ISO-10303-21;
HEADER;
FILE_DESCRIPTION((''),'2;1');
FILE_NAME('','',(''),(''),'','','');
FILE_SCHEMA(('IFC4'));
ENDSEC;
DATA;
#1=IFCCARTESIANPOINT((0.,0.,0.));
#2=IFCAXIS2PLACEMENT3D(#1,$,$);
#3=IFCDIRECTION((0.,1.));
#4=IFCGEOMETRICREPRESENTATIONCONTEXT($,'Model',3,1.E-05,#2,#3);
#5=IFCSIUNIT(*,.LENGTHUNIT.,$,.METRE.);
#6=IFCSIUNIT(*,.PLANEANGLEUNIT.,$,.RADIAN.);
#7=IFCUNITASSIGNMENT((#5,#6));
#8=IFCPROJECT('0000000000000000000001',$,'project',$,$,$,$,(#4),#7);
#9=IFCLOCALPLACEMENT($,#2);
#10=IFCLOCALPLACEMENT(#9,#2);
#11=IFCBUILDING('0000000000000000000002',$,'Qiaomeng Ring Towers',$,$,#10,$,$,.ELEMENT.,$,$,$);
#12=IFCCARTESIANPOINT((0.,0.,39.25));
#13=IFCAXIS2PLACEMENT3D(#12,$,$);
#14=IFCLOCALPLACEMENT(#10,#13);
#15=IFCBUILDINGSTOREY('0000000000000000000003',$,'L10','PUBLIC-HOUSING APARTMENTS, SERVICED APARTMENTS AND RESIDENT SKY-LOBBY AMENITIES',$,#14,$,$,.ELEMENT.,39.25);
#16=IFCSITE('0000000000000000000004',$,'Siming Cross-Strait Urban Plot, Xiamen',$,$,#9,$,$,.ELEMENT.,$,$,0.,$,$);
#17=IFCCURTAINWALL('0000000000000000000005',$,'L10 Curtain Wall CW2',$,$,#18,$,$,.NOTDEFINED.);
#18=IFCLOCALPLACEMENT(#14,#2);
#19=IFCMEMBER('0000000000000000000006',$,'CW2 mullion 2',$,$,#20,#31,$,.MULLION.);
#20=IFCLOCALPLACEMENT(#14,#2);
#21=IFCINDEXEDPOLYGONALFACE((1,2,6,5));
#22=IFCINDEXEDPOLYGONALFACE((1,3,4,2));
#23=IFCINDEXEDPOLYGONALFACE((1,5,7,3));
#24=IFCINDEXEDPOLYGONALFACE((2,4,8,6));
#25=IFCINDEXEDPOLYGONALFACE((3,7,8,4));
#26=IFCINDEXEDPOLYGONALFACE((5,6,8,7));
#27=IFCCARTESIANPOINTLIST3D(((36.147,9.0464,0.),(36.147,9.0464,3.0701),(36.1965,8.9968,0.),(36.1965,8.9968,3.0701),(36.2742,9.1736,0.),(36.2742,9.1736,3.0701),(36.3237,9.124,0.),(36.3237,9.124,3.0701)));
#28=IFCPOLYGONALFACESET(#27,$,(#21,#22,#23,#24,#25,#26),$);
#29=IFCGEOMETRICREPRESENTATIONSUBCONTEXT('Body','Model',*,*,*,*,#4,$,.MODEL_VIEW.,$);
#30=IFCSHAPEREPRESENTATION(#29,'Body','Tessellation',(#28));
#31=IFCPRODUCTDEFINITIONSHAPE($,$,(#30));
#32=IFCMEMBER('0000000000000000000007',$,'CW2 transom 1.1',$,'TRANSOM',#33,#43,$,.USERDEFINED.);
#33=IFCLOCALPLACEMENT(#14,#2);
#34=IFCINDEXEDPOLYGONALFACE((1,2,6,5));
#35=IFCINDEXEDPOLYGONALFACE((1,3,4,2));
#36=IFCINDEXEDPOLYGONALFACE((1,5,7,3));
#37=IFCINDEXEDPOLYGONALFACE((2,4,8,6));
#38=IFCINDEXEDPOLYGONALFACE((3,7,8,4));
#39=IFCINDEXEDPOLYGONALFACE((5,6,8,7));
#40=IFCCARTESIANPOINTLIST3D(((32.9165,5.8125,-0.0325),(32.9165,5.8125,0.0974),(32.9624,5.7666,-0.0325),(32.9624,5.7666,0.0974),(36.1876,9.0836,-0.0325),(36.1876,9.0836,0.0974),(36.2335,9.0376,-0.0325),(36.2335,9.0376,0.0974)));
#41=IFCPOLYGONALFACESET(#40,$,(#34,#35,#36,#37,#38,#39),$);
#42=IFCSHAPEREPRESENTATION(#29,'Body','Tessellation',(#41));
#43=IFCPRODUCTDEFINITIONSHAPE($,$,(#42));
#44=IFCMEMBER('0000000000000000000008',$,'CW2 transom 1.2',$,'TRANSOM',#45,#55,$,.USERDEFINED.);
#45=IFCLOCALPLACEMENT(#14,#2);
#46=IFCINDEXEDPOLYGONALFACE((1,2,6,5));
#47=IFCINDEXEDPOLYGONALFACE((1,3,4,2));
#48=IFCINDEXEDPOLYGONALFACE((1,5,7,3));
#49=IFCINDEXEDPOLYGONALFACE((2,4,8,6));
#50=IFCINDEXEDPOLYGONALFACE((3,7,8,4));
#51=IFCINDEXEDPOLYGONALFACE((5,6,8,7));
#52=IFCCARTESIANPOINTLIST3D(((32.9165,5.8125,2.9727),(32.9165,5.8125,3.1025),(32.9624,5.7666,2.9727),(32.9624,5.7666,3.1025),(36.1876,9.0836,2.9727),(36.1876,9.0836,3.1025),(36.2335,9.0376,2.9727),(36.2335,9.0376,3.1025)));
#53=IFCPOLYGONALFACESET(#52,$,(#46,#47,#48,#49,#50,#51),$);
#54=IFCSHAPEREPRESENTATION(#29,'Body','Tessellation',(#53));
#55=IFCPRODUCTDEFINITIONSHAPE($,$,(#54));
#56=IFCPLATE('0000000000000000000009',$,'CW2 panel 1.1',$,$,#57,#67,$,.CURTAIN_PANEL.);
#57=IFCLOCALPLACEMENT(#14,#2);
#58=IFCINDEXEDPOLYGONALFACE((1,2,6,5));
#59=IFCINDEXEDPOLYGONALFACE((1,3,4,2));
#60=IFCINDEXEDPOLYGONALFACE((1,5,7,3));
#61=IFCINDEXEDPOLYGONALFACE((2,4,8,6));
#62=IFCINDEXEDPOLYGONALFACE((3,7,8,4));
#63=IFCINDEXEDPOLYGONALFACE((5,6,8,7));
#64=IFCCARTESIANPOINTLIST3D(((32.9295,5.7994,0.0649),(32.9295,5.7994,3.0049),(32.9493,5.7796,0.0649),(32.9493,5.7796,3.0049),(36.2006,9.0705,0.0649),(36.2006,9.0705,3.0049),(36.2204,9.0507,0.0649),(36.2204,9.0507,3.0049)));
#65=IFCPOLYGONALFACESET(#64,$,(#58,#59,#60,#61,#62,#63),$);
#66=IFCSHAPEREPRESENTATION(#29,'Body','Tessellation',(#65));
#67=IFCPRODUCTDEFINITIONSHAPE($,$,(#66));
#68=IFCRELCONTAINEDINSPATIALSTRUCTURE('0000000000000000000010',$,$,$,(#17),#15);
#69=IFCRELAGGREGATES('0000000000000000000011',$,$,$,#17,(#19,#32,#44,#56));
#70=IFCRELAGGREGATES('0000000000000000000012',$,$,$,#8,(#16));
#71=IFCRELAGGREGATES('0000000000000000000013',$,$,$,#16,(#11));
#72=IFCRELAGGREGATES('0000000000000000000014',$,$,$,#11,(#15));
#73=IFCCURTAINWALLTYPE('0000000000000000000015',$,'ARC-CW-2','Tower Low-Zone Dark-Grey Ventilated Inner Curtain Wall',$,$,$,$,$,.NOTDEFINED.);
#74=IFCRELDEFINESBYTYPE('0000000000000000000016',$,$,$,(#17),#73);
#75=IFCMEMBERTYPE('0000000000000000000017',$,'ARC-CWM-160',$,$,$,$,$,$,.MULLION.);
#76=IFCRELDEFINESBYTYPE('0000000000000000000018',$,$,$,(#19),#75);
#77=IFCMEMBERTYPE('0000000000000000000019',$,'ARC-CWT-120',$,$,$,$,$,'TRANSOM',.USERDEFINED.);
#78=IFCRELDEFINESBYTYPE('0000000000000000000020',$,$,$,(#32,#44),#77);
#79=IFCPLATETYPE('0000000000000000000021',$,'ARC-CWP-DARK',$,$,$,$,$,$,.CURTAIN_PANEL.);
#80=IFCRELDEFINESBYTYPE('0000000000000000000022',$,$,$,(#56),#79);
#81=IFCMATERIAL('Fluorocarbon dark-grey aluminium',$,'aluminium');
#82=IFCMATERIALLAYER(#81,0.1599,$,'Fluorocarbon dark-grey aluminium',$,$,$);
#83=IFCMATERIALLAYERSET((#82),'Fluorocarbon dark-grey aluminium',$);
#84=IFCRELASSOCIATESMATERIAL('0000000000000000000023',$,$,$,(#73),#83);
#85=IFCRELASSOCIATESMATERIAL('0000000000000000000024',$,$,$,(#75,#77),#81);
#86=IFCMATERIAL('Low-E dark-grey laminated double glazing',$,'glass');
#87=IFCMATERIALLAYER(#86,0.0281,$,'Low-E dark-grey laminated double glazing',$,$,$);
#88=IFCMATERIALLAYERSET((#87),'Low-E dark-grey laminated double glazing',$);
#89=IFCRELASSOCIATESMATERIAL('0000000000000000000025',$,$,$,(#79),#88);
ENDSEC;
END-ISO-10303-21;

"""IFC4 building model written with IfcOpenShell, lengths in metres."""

from ifc_helpers import new_model, si_unit, direction, frame, origin, origin_2d, place, context, subcontext, project, spatial, rectangle, extrude, source, transform, mapped, material, layer, layer_set, material_profile, profile_set, type_object, element, aggregate, save


model = new_model("IFC4")

# Units and contexts
model_context = context("Model", 3, precision=1e-05, world=origin(), true_north=direction((0.0, 1.0)))
body_context = subcontext(model_context, "Body", "Model", "MODEL_VIEW")
ifc_project = project(units=[si_unit("LENGTHUNIT", "METRE"), si_unit("PLANEANGLEUNIT", "RADIAN")], contexts=[model_context])

# Site, building, storey
site_placement = place(None, origin())
site = spatial("IfcSite", under=ifc_project, at=site_placement, Name="Siming Cross-Strait Urban Plot, Xiamen", CompositionType="ELEMENT", RefElevation=0.0)
building_placement = place(site_placement, origin())
building = spatial("IfcBuilding", under=site, at=building_placement, Name="Qiaomeng Ring Towers", CompositionType="ELEMENT")
storey_placement = place(building_placement, frame((0.0, 0.0, 39.25)))
storey = spatial("IfcBuildingStorey", under=building, at=storey_placement, Name="L10", Description="PUBLIC-HOUSING APARTMENTS, SERVICED APARTMENTS AND RESIDENT SKY-LOBBY AMENITIES", CompositionType="ELEMENT", Elevation=39.25)

# Curtain wall, members, plate
ifc_material_1 = material(Name="Fluorocarbon dark-grey aluminium", Category="aluminium")
ifc_layer_1 = layer(ifc_material_1, 0.1599, Name="Fluorocarbon dark-grey aluminium")
ifc_layer_set_1 = layer_set([ifc_layer_1], Name="Fluorocarbon dark-grey aluminium")
curtain_wall_type = type_object("IfcCurtainWallType", Name="ARC-CW-2", Description="Tower Low-Zone Dark-Grey Ventilated Inner Curtain Wall", PredefinedType="NOTDEFINED", material=ifc_layer_set_1)
curtain_wall_placement = place(storey_placement, origin())
curtain_wall = element("IfcCurtainWall", 1, at=curtain_wall_placement, inside=storey, type_object=curtain_wall_type, Name="L10 Curtain Wall CW2", PredefinedType="NOTDEFINED")
ifc_material_profile_1 = material_profile(ifc_material_1, rectangle(XDim=0.0701, YDim=0.1799, at=origin_2d()), Name="ALU MULL 70x180")
ifc_profile_set_1 = profile_set([ifc_material_profile_1], Name="Fluorocarbon dark-grey aluminium")
member_type_1 = type_object("IfcMemberType", Name="ARC-CWM-160", PredefinedType="MULLION", material=ifc_profile_set_1)
shared_shape_1 = source(origin(), body_context, "Body", "SweptSolid", [
    extrude(rectangle(XDim=0.0701, YDim=0.1799, at=origin_2d()), origin(), (0.0, 0.0, 1.0), 3.0701),
])
member_1_placement = place(storey_placement, frame((36.2354, 9.0852, 0.0), z_axis=(0.0, 0.0, 1.0), x_axis=(-0.707107, 0.707107, 0.0)))
member_1 = element("IfcMember", 2, at=member_1_placement, type_object=member_type_1, Name="CW2 mullion 2", PredefinedType="MULLION", context=body_context, shape_type="MappedRepresentation", body=[
    mapped(shared_shape_1, transform((0.0, 0.0, 0.0), x_axis=(1.0, 0.0, 0.0), y_axis=(0.0, 1.0, 0.0), z_axis=(0.0, 0.0, 1.0), scale=1.0)),
])
ifc_material_profile_2 = material_profile(ifc_material_1, rectangle(XDim=0.0649, YDim=0.1299, at=origin_2d()), Name="ALU TRAN 65x130")
ifc_profile_set_2 = profile_set([ifc_material_profile_2], Name="Fluorocarbon dark-grey aluminium")
member_type_2 = type_object("IfcMemberType", Name="ARC-CWT-120", ElementType="TRANSOM", PredefinedType="USERDEFINED", material=ifc_profile_set_2)
shared_shape_2 = source(origin(), body_context, "Body", "SweptSolid", [
    extrude(rectangle(XDim=0.0649, YDim=0.1299, at=origin_2d()), origin(), (0.0, 0.0, 1.0), 4.626),
])
member_2_placement = place(storey_placement, frame((32.9395, 5.7896, 0.0325), z_axis=(0.707107, 0.707107, 0.0), x_axis=(-0.707107, 0.707107, 0.0)))
member_2 = element("IfcMember", 3, at=member_2_placement, type_object=member_type_2, Name="CW2 transom 1.1", ObjectType="TRANSOM", PredefinedType="USERDEFINED", context=body_context, shape_type="MappedRepresentation", body=[
    mapped(shared_shape_2, transform((0.0, 0.0, 0.0), x_axis=(1.0, 0.0, 0.0), y_axis=(0.0, 1.0, 0.0), z_axis=(0.0, 0.0, 1.0), scale=1.0)),
])
member_3_placement = place(storey_placement, frame((32.9395, 5.7896, 3.0376), z_axis=(0.707107, 0.707107, 0.0), x_axis=(-0.707107, 0.707107, 0.0)))
member_3 = element("IfcMember", 4, at=member_3_placement, type_object=member_type_2, Name="CW2 transom 1.2", ObjectType="TRANSOM", PredefinedType="USERDEFINED", context=body_context, shape_type="MappedRepresentation", body=[
    mapped(shared_shape_2, transform((0.0, 0.0, 0.0), x_axis=(1.0, 0.0, 0.0), y_axis=(0.0, 1.0, 0.0), z_axis=(0.0, 0.0, 1.0), scale=1.0)),
])
ifc_material_2 = material(Name="Low-E dark-grey laminated double glazing", Category="glass")
ifc_layer_2 = layer(ifc_material_2, 0.0281, Name="Low-E dark-grey laminated double glazing")
ifc_layer_set_2 = layer_set([ifc_layer_2], Name="Low-E dark-grey laminated double glazing")
plate_type = type_object("IfcPlateType", Name="ARC-CWP-DARK", PredefinedType="CURTAIN_PANEL", material=ifc_layer_set_2)
shared_shape_3 = source(origin(), body_context, "Body", "SweptSolid", [
    extrude(rectangle(XDim=4.626, YDim=0.0281, at=origin_2d()), origin(), (0.0, 0.0, 1.0), 2.9399),
])
plate_placement = place(storey_placement, frame((34.575, 7.425, 0.0649), z_axis=(0.0, 0.0, 1.0), x_axis=(0.707107, 0.707107, 0.0)))
plate = element("IfcPlate", 5, at=plate_placement, type_object=plate_type, Name="CW2 panel 1.1", PredefinedType="CURTAIN_PANEL", context=body_context, shape_type="MappedRepresentation", body=[
    mapped(shared_shape_3, transform((0.0, 0.0, 0.0), x_axis=(1.0, 0.0, 0.0), y_axis=(0.0, 1.0, 0.0), z_axis=(0.0, 0.0, 1.0), scale=1.0)),
])
aggregate(curtain_wall, [member_1, member_2, member_3, plate])

save(model, "model.ifc")
